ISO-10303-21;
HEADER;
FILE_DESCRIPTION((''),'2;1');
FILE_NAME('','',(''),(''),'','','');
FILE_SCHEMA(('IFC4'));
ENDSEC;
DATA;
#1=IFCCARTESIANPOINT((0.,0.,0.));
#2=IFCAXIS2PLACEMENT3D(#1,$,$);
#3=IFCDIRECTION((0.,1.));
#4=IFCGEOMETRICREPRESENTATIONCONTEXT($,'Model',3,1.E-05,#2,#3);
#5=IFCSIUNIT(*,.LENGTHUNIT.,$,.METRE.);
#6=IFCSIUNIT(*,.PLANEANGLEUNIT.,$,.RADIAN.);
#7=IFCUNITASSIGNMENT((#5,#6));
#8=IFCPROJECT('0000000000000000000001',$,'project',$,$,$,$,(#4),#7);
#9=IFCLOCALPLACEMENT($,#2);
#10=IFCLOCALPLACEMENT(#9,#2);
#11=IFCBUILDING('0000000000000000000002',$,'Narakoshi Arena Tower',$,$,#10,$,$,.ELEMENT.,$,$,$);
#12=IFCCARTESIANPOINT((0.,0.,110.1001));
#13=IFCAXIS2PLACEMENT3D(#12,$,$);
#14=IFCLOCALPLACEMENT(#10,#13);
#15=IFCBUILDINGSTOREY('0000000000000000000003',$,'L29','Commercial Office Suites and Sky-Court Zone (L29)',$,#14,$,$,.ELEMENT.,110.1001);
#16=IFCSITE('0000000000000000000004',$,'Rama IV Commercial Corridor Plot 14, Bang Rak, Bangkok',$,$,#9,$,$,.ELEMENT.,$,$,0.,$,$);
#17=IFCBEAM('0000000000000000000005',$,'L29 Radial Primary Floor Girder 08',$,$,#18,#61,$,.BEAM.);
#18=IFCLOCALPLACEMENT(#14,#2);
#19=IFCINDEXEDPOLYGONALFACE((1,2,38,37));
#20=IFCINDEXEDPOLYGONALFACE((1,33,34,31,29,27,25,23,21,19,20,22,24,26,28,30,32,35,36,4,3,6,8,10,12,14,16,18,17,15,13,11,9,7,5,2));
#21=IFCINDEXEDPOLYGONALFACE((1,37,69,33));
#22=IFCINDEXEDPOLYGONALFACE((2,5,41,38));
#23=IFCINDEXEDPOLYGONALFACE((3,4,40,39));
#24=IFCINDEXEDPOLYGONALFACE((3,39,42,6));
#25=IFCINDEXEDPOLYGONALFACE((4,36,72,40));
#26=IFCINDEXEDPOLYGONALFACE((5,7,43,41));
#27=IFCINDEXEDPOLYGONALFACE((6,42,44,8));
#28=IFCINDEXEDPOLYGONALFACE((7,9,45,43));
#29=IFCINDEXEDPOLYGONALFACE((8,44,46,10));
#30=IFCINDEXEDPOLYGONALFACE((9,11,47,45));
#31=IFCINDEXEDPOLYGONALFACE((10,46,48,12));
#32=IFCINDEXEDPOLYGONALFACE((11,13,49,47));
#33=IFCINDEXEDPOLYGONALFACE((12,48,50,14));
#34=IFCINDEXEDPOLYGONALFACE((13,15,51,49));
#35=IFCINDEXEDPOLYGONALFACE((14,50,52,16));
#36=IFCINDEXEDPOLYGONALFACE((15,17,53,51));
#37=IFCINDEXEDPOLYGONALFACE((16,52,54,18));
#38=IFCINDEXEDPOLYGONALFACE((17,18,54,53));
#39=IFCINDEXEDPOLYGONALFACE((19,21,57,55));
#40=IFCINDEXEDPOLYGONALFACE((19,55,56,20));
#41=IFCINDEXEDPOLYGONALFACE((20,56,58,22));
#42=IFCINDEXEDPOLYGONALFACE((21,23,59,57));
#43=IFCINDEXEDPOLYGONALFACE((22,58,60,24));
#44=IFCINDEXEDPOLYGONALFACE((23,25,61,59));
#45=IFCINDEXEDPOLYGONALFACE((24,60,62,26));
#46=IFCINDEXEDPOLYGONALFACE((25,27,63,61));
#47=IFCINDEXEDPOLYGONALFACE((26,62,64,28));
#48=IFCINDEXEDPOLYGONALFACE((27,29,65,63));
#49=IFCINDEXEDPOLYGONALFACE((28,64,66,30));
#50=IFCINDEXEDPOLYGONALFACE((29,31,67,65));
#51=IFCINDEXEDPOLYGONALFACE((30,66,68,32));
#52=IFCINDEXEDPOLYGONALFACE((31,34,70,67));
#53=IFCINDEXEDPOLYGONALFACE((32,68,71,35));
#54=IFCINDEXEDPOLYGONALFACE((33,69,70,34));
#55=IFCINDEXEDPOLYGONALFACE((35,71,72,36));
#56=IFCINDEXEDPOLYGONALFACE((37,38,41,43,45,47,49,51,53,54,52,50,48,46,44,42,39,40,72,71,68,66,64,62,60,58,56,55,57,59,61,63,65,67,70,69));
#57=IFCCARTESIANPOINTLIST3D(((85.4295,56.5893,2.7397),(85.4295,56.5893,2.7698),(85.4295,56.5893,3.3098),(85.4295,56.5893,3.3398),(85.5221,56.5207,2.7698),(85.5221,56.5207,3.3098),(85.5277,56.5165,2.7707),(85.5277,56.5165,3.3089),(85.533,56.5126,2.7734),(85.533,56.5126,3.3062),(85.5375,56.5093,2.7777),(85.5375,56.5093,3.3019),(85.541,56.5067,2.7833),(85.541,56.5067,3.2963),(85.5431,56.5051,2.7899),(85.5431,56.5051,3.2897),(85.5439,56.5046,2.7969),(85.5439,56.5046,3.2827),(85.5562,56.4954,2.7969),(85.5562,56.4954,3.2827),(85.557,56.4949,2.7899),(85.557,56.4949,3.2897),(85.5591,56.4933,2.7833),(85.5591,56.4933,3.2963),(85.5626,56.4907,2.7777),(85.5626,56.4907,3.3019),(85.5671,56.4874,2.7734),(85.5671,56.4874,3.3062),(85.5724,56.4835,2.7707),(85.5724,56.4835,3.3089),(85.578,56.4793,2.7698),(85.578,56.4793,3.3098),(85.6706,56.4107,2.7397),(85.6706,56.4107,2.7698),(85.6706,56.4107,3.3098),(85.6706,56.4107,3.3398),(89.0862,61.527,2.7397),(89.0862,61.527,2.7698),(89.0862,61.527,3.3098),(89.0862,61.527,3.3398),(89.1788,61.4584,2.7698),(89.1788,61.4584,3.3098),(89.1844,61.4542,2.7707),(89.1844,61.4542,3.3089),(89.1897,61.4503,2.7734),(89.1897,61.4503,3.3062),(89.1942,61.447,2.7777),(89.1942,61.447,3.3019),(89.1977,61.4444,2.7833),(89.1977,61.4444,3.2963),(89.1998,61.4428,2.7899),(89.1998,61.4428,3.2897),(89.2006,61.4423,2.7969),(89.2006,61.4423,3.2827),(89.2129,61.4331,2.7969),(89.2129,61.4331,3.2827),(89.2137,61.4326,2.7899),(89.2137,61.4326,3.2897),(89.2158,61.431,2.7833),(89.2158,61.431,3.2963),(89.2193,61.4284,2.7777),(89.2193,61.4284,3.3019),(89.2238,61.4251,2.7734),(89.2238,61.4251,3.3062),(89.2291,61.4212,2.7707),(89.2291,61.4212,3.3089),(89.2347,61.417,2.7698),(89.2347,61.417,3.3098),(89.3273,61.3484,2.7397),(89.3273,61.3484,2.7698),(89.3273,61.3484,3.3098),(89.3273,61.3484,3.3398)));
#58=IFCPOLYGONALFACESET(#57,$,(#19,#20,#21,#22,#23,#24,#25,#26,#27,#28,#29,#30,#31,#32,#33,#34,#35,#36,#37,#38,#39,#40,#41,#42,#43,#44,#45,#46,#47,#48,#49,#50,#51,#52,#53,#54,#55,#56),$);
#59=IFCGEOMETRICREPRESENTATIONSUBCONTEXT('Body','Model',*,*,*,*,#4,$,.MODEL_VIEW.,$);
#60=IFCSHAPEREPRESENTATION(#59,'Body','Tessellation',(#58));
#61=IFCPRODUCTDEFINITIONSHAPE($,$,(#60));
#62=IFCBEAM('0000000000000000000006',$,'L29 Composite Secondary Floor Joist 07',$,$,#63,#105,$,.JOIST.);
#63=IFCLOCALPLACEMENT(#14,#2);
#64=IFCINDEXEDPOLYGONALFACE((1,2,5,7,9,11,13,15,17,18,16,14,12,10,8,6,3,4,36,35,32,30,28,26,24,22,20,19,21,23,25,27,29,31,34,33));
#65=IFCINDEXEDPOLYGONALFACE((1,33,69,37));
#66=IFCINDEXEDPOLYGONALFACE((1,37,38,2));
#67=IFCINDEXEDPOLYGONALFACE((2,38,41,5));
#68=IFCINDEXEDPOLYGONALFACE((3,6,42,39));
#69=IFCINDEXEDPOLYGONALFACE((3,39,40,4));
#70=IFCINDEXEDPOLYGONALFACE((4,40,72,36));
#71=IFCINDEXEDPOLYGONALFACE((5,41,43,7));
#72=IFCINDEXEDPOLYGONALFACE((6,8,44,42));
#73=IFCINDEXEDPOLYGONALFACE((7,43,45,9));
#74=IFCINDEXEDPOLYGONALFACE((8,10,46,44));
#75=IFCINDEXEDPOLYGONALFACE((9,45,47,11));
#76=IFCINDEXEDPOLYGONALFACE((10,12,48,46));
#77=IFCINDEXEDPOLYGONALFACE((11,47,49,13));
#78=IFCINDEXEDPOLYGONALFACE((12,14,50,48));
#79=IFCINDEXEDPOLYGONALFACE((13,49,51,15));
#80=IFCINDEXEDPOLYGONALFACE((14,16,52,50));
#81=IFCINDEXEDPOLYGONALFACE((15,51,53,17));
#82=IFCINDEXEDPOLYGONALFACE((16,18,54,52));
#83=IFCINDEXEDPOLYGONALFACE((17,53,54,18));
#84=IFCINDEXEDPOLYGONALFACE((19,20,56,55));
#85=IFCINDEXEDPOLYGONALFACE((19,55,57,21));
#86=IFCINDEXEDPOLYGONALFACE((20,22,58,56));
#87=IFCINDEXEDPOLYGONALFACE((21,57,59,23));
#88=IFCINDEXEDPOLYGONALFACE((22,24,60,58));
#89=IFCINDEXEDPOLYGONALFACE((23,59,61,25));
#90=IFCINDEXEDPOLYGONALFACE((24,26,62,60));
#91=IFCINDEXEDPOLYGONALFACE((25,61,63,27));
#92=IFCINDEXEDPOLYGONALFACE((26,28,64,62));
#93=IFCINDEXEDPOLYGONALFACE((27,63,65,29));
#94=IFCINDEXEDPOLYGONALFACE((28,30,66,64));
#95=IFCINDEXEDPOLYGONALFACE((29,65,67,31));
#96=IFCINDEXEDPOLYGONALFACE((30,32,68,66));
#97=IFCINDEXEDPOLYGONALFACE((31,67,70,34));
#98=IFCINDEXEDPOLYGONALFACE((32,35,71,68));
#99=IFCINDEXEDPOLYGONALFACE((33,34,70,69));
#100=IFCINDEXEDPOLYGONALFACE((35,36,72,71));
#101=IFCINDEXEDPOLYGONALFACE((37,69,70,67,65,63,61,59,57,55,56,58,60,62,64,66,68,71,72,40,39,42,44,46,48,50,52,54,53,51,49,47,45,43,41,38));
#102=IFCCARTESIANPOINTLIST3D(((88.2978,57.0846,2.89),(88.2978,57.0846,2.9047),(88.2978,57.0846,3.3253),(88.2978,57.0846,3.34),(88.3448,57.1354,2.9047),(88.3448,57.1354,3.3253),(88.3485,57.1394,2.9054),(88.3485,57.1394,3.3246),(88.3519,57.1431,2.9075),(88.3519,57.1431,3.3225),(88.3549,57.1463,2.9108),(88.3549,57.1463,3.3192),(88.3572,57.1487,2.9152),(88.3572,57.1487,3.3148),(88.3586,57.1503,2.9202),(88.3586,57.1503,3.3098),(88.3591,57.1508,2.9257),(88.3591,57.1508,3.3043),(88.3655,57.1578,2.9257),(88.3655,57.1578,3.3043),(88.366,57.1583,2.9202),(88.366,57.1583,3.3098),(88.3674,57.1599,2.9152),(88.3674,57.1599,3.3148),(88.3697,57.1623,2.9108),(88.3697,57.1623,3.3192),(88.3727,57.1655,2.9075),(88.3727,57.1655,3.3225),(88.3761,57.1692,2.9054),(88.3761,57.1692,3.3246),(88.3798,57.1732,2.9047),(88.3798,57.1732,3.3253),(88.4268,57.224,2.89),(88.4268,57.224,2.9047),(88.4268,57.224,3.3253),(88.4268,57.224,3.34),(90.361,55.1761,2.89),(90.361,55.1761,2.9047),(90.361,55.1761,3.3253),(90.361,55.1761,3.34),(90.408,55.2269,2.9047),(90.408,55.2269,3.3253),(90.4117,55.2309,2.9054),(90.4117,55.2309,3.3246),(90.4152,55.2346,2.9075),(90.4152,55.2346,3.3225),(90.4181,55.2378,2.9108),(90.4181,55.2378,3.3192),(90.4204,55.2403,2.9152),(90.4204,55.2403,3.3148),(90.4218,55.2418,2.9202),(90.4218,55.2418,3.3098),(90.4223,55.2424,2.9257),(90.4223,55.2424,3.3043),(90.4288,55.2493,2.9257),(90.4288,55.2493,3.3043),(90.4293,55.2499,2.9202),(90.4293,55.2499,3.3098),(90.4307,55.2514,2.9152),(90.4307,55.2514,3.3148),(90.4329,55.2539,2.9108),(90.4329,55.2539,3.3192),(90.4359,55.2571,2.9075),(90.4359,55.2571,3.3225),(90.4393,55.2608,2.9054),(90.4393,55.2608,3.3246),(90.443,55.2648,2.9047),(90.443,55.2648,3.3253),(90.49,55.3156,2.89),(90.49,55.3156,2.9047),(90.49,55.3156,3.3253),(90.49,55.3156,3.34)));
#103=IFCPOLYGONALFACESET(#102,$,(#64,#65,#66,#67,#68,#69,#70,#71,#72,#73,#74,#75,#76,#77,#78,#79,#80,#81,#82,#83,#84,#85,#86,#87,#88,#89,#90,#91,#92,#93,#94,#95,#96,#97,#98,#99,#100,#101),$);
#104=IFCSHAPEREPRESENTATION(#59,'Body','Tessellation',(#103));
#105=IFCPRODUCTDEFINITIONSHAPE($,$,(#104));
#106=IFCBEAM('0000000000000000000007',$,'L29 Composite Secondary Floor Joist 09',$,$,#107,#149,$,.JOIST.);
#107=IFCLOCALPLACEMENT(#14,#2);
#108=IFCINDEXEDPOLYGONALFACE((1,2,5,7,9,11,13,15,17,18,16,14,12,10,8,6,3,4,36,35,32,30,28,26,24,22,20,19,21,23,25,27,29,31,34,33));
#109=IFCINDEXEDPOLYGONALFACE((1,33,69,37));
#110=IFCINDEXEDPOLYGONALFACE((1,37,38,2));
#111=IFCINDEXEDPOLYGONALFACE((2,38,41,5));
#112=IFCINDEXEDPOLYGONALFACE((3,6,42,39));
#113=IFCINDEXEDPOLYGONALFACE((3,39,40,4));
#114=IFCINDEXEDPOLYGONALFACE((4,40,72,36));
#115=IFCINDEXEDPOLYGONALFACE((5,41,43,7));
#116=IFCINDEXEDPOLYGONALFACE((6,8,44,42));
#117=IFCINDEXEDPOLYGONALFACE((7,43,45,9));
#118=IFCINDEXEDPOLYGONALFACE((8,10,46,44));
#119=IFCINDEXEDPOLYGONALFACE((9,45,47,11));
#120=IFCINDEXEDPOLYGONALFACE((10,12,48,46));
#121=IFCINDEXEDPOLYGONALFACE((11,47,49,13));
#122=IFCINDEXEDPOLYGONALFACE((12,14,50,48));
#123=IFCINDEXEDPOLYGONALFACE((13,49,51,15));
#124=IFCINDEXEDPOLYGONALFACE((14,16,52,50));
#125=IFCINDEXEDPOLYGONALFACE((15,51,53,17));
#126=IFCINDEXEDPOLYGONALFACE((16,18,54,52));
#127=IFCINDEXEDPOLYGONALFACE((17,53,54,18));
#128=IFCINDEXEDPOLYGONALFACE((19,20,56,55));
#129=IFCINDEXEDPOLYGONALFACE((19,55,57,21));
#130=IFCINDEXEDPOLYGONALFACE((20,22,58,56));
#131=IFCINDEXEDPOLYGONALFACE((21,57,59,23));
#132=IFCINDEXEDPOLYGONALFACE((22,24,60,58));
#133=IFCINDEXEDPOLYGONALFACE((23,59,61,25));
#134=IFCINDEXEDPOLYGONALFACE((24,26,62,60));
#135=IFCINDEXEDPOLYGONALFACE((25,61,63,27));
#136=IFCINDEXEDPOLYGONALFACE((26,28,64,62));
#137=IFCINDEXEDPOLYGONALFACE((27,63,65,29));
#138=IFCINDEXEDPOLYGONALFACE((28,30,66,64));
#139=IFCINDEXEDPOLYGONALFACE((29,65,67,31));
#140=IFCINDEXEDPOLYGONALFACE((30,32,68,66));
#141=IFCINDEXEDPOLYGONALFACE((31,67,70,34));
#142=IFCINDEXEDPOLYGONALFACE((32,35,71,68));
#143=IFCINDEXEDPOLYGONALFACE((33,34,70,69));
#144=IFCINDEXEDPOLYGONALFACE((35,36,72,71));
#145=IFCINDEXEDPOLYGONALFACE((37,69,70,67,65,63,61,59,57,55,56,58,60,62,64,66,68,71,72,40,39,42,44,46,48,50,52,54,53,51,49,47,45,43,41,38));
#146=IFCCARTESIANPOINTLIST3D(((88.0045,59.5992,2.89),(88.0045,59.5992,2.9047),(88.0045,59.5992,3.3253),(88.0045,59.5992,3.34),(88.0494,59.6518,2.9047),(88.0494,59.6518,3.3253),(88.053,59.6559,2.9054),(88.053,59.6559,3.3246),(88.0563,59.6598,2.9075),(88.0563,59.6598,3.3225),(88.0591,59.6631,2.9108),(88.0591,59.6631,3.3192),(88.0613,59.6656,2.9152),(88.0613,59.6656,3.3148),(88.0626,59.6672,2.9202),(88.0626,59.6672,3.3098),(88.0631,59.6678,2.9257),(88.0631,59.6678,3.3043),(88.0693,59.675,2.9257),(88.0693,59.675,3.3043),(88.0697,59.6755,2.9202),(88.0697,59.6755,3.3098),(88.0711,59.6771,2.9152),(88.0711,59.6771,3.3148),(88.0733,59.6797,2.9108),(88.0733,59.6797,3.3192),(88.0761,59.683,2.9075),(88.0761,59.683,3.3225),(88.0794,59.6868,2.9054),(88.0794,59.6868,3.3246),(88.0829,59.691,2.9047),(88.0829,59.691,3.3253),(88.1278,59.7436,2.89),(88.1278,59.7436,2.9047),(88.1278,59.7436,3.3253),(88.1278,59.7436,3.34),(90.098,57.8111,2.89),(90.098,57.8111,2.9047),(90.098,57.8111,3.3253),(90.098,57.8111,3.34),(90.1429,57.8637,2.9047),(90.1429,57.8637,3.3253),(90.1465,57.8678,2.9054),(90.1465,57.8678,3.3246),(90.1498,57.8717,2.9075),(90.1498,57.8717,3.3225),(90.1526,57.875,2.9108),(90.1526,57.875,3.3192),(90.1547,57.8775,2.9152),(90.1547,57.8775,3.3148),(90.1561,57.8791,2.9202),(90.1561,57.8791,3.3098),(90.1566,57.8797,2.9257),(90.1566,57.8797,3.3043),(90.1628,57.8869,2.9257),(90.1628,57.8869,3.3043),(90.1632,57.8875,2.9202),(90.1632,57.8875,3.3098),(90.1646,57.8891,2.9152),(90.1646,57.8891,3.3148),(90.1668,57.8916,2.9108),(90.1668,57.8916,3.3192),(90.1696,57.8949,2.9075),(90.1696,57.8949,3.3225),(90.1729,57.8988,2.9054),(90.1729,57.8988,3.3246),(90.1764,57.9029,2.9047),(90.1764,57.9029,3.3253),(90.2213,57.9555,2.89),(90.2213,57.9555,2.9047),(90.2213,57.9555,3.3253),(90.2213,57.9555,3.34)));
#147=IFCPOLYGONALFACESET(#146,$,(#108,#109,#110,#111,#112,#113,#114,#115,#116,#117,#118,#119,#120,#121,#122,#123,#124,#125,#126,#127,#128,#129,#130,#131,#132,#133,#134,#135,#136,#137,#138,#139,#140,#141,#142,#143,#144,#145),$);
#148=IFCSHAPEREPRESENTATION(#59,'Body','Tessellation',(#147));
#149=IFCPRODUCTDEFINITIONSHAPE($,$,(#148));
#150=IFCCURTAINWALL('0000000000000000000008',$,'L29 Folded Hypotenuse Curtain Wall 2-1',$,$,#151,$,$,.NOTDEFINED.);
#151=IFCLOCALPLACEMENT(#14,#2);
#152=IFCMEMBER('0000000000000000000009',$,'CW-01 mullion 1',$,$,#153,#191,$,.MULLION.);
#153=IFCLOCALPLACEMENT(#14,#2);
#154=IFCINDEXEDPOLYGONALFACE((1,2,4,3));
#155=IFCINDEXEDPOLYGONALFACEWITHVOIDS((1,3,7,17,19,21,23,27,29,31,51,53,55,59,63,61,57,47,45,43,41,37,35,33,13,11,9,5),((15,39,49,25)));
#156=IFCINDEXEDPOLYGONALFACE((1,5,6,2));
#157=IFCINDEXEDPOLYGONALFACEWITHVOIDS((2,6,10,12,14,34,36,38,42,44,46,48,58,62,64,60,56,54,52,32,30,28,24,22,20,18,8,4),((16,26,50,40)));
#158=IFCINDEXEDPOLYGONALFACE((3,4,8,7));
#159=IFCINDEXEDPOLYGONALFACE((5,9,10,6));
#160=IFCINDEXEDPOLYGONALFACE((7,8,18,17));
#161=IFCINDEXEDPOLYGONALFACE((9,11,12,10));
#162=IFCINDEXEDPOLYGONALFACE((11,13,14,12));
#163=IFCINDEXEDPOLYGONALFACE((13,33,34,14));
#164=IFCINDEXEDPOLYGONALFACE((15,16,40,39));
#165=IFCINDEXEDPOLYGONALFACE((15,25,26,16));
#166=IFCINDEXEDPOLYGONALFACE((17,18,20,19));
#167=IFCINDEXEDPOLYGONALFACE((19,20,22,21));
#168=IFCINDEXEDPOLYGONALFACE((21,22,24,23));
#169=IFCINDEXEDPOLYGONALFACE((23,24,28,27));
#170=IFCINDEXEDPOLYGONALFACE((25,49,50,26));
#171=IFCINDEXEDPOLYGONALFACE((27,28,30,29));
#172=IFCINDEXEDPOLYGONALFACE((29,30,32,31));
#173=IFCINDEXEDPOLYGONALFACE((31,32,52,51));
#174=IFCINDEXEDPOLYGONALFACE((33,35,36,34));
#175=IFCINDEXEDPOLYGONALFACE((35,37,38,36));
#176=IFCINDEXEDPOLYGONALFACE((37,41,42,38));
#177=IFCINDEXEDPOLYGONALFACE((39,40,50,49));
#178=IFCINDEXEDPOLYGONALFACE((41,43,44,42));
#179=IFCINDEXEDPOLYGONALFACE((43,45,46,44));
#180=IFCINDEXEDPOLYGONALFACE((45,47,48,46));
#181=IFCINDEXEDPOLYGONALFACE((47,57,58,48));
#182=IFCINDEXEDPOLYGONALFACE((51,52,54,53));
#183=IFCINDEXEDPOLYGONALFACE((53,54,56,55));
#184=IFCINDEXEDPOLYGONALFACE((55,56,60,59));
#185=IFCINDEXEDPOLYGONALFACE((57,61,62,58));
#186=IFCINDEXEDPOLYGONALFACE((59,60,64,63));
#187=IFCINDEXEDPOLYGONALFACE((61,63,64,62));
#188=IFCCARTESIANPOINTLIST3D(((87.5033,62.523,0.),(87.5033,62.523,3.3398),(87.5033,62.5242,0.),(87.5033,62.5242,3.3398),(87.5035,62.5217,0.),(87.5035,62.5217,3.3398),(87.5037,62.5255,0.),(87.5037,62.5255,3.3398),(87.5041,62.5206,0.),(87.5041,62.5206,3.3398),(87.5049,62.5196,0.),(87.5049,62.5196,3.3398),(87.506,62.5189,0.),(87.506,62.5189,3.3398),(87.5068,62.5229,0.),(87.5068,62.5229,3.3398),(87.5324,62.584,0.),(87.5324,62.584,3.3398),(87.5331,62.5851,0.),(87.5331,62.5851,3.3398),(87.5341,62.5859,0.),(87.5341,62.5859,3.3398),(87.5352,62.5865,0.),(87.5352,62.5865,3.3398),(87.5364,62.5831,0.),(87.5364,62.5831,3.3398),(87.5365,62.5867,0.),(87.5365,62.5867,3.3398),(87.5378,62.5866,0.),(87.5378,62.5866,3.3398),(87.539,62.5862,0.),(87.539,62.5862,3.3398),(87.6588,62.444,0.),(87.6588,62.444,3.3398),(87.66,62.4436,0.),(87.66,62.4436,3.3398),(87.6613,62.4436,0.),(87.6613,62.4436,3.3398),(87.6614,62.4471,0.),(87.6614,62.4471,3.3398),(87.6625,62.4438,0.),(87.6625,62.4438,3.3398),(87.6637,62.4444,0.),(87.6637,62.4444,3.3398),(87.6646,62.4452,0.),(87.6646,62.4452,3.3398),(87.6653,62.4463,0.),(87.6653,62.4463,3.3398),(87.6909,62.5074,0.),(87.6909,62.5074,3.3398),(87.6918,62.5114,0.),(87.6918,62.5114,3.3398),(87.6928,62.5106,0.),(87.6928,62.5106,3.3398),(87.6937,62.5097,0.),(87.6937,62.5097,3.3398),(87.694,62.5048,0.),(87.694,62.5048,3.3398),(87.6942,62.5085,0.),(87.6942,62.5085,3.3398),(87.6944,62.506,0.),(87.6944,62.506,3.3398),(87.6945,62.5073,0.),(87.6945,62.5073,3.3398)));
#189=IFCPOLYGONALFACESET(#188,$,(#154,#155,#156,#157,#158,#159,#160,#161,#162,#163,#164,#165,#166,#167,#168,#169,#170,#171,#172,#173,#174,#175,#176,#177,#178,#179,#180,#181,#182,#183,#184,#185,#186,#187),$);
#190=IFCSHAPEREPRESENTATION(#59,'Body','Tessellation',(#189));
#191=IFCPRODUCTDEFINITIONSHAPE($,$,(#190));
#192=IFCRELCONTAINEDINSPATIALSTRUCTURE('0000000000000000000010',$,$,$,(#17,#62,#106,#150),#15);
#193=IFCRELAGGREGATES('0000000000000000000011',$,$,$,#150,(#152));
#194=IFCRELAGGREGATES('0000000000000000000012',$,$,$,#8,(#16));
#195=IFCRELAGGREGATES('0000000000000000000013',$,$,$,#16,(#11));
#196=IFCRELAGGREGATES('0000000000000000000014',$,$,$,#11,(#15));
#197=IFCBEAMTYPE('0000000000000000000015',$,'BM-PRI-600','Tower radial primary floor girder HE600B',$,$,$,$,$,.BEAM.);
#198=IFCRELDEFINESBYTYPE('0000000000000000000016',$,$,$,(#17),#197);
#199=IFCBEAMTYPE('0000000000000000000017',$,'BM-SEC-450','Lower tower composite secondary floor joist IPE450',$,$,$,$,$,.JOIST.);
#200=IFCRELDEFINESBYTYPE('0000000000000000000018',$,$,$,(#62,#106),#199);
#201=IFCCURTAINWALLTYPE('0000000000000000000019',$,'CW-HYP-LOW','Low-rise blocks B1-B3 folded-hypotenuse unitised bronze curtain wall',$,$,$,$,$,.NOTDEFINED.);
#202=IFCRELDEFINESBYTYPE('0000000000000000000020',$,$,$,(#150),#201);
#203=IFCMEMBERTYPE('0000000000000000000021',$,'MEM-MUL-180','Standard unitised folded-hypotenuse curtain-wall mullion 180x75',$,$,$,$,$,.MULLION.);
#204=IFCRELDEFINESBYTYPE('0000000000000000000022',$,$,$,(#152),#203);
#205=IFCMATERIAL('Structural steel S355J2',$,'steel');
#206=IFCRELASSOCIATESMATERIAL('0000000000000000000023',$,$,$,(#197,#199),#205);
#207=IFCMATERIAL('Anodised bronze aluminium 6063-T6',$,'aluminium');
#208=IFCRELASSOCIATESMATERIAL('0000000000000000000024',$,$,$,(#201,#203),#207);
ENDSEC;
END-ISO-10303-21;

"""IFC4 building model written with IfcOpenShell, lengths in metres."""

from ifc_helpers import new_model, si_unit, direction, frame, origin, origin_2d, place, context, subcontext, project, spatial, hollow_rectangle, i_section, extrude, material, material_profile, profile_set, type_object, element, aggregate, save


model = new_model("IFC4")

# Units and contexts
model_context = context("Model", 3, precision=1e-05, world=origin(), true_north=direction((0.0, 1.0)))
body_context = subcontext(model_context, "Body", "Model", "MODEL_VIEW")
ifc_project = project(units=[si_unit("LENGTHUNIT", "METRE"), si_unit("PLANEANGLEUNIT", "RADIAN")], contexts=[model_context])

# Site, building, storey
site_placement = place(None, origin())
site = spatial("IfcSite", under=ifc_project, at=site_placement, Name="Rama IV Commercial Corridor Plot 14, Bang Rak, Bangkok", CompositionType="ELEMENT", RefElevation=0.0)
building_placement = place(site_placement, origin())
building = spatial("IfcBuilding", under=site, at=building_placement, Name="Narakoshi Arena Tower", CompositionType="ELEMENT")
storey_placement = place(building_placement, frame((0.0, 0.0, 110.1001)))
storey = spatial("IfcBuildingStorey", under=building, at=storey_placement, Name="L29", Description="Commercial Office Suites and Sky-Court Zone (L29)", CompositionType="ELEMENT", Elevation=110.1001)

# Beams
ifc_material_1 = material(Name="Structural steel S355J2", Category="steel")
ifc_material_profile_1 = material_profile(ifc_material_1, i_section(OverallWidth=0.3, OverallDepth=0.6001, WebThickness=0.0154, FlangeThickness=0.03, FilletRadius=0.0271, at=origin_2d()), Name="HE600B")
ifc_profile_set_1 = profile_set([ifc_material_profile_1], Name="Structural steel S355J2")
beam_type_1 = type_object("IfcBeamType", Name="BM-PRI-600", Description="Tower radial primary floor girder HE600B", PredefinedType="BEAM", material=ifc_profile_set_1)
beam_1_placement = place(storey_placement, frame((85.55, 56.5, 3.0398), z_axis=(0.595138, 0.803623, 0.0), x_axis=(-0.803623, 0.595138, 0.0)))
element("IfcBeam", 1, at=beam_1_placement, inside=storey, type_object=beam_type_1, Name="L29 Radial Primary Floor Girder 08", PredefinedType="BEAM", context=body_context, shape_type="SweptSolid", body=[
    extrude(i_section(OverallWidth=0.3, OverallDepth=0.6001, WebThickness=0.0154, FlangeThickness=0.03, FilletRadius=0.0271, at=origin_2d()), origin(), (0.0, 0.0, 1.0), 6.1443),
])
ifc_material_profile_2 = material_profile(ifc_material_1, i_section(OverallWidth=0.1899, OverallDepth=0.45, WebThickness=0.0095, FlangeThickness=0.0146, FilletRadius=0.021, at=origin_2d()), Name="IPE450")
ifc_profile_set_2 = profile_set([ifc_material_profile_2], Name="Structural steel S355J2")
beam_type_2 = type_object("IfcBeamType", Name="BM-SEC-450", Description="Lower tower composite secondary floor joist IPE450", PredefinedType="JOIST", material=ifc_profile_set_2)
beam_2_placement = place(storey_placement, frame((90.4255, 55.2458, 3.115), z_axis=(-0.734107, 0.679034, 0.0), x_axis=(-0.679034, -0.734107, 0.0)))
element("IfcBeam", 2, at=beam_2_placement, inside=storey, type_object=beam_type_2, Name="L29 Composite Secondary Floor Joist 07", PredefinedType="JOIST", context=body_context, shape_type="SweptSolid", body=[
    extrude(i_section(OverallWidth=0.1899, OverallDepth=0.45, WebThickness=0.0095, FlangeThickness=0.0146, FilletRadius=0.021, at=origin_2d()), origin(), (0.0, 0.0, 1.0), 2.8105),
])
beam_3_placement = place(storey_placement, frame((90.1597, 57.8833, 3.115), z_axis=(-0.760395, 0.649461, 0.0), x_axis=(-0.649461, -0.760395, 0.0)))
element("IfcBeam", 3, at=beam_3_placement, inside=storey, type_object=beam_type_2, Name="L29 Composite Secondary Floor Joist 09", PredefinedType="JOIST", context=body_context, shape_type="SweptSolid", body=[
    extrude(i_section(OverallWidth=0.1899, OverallDepth=0.45, WebThickness=0.0095, FlangeThickness=0.0146, FilletRadius=0.021, at=origin_2d()), origin(), (0.0, 0.0, 1.0), 2.7532),
])

# Curtain wall, member
ifc_material_2 = material(Name="Anodised bronze aluminium 6063-T6", Category="aluminium")
curtain_wall_type = type_object("IfcCurtainWallType", Name="CW-HYP-LOW", Description="Low-rise blocks B1-B3 folded-hypotenuse unitised bronze curtain wall", PredefinedType="NOTDEFINED", material=ifc_material_2)
curtain_wall_placement = place(storey_placement, origin())
curtain_wall = element("IfcCurtainWall", 4, at=curtain_wall_placement, inside=storey, type_object=curtain_wall_type, Name="L29 Folded Hypotenuse Curtain Wall 2-1", PredefinedType="NOTDEFINED")
ifc_material_profile_3 = material_profile(ifc_material_2, hollow_rectangle(XDim=0.075, YDim=0.1799, WallThickness=0.0039, OuterFilletRadius=0.0049, at=origin_2d()), Name="MUL180x75x4")
ifc_profile_set_3 = profile_set([ifc_material_profile_3], Name="Anodised bronze aluminium 6063-T6")
member_type_1 = type_object("IfcMemberType", Name="MEM-MUL-180", Description="Standard unitised folded-hypotenuse curtain-wall mullion 180x75", PredefinedType="MULLION", material=ifc_profile_set_3)
member_1_placement = place(storey_placement, frame((87.5989, 62.5151, 0.0), z_axis=(0.0, 0.0, 1.0), x_axis=(-0.440005, -0.897996, 0.0)))
member_1 = element("IfcMember", 5, at=member_1_placement, type_object=member_type_1, Name="CW-01 mullion 1", PredefinedType="MULLION", context=body_context, shape_type="SweptSolid", body=[
    extrude(hollow_rectangle(XDim=0.075, YDim=0.1799, WallThickness=0.0039, OuterFilletRadius=0.0049, at=origin_2d()), origin(), (0.0, 0.0, 1.0), 3.3398),
])
aggregate(curtain_wall, [member_1])

save(model, "model.ifc")
